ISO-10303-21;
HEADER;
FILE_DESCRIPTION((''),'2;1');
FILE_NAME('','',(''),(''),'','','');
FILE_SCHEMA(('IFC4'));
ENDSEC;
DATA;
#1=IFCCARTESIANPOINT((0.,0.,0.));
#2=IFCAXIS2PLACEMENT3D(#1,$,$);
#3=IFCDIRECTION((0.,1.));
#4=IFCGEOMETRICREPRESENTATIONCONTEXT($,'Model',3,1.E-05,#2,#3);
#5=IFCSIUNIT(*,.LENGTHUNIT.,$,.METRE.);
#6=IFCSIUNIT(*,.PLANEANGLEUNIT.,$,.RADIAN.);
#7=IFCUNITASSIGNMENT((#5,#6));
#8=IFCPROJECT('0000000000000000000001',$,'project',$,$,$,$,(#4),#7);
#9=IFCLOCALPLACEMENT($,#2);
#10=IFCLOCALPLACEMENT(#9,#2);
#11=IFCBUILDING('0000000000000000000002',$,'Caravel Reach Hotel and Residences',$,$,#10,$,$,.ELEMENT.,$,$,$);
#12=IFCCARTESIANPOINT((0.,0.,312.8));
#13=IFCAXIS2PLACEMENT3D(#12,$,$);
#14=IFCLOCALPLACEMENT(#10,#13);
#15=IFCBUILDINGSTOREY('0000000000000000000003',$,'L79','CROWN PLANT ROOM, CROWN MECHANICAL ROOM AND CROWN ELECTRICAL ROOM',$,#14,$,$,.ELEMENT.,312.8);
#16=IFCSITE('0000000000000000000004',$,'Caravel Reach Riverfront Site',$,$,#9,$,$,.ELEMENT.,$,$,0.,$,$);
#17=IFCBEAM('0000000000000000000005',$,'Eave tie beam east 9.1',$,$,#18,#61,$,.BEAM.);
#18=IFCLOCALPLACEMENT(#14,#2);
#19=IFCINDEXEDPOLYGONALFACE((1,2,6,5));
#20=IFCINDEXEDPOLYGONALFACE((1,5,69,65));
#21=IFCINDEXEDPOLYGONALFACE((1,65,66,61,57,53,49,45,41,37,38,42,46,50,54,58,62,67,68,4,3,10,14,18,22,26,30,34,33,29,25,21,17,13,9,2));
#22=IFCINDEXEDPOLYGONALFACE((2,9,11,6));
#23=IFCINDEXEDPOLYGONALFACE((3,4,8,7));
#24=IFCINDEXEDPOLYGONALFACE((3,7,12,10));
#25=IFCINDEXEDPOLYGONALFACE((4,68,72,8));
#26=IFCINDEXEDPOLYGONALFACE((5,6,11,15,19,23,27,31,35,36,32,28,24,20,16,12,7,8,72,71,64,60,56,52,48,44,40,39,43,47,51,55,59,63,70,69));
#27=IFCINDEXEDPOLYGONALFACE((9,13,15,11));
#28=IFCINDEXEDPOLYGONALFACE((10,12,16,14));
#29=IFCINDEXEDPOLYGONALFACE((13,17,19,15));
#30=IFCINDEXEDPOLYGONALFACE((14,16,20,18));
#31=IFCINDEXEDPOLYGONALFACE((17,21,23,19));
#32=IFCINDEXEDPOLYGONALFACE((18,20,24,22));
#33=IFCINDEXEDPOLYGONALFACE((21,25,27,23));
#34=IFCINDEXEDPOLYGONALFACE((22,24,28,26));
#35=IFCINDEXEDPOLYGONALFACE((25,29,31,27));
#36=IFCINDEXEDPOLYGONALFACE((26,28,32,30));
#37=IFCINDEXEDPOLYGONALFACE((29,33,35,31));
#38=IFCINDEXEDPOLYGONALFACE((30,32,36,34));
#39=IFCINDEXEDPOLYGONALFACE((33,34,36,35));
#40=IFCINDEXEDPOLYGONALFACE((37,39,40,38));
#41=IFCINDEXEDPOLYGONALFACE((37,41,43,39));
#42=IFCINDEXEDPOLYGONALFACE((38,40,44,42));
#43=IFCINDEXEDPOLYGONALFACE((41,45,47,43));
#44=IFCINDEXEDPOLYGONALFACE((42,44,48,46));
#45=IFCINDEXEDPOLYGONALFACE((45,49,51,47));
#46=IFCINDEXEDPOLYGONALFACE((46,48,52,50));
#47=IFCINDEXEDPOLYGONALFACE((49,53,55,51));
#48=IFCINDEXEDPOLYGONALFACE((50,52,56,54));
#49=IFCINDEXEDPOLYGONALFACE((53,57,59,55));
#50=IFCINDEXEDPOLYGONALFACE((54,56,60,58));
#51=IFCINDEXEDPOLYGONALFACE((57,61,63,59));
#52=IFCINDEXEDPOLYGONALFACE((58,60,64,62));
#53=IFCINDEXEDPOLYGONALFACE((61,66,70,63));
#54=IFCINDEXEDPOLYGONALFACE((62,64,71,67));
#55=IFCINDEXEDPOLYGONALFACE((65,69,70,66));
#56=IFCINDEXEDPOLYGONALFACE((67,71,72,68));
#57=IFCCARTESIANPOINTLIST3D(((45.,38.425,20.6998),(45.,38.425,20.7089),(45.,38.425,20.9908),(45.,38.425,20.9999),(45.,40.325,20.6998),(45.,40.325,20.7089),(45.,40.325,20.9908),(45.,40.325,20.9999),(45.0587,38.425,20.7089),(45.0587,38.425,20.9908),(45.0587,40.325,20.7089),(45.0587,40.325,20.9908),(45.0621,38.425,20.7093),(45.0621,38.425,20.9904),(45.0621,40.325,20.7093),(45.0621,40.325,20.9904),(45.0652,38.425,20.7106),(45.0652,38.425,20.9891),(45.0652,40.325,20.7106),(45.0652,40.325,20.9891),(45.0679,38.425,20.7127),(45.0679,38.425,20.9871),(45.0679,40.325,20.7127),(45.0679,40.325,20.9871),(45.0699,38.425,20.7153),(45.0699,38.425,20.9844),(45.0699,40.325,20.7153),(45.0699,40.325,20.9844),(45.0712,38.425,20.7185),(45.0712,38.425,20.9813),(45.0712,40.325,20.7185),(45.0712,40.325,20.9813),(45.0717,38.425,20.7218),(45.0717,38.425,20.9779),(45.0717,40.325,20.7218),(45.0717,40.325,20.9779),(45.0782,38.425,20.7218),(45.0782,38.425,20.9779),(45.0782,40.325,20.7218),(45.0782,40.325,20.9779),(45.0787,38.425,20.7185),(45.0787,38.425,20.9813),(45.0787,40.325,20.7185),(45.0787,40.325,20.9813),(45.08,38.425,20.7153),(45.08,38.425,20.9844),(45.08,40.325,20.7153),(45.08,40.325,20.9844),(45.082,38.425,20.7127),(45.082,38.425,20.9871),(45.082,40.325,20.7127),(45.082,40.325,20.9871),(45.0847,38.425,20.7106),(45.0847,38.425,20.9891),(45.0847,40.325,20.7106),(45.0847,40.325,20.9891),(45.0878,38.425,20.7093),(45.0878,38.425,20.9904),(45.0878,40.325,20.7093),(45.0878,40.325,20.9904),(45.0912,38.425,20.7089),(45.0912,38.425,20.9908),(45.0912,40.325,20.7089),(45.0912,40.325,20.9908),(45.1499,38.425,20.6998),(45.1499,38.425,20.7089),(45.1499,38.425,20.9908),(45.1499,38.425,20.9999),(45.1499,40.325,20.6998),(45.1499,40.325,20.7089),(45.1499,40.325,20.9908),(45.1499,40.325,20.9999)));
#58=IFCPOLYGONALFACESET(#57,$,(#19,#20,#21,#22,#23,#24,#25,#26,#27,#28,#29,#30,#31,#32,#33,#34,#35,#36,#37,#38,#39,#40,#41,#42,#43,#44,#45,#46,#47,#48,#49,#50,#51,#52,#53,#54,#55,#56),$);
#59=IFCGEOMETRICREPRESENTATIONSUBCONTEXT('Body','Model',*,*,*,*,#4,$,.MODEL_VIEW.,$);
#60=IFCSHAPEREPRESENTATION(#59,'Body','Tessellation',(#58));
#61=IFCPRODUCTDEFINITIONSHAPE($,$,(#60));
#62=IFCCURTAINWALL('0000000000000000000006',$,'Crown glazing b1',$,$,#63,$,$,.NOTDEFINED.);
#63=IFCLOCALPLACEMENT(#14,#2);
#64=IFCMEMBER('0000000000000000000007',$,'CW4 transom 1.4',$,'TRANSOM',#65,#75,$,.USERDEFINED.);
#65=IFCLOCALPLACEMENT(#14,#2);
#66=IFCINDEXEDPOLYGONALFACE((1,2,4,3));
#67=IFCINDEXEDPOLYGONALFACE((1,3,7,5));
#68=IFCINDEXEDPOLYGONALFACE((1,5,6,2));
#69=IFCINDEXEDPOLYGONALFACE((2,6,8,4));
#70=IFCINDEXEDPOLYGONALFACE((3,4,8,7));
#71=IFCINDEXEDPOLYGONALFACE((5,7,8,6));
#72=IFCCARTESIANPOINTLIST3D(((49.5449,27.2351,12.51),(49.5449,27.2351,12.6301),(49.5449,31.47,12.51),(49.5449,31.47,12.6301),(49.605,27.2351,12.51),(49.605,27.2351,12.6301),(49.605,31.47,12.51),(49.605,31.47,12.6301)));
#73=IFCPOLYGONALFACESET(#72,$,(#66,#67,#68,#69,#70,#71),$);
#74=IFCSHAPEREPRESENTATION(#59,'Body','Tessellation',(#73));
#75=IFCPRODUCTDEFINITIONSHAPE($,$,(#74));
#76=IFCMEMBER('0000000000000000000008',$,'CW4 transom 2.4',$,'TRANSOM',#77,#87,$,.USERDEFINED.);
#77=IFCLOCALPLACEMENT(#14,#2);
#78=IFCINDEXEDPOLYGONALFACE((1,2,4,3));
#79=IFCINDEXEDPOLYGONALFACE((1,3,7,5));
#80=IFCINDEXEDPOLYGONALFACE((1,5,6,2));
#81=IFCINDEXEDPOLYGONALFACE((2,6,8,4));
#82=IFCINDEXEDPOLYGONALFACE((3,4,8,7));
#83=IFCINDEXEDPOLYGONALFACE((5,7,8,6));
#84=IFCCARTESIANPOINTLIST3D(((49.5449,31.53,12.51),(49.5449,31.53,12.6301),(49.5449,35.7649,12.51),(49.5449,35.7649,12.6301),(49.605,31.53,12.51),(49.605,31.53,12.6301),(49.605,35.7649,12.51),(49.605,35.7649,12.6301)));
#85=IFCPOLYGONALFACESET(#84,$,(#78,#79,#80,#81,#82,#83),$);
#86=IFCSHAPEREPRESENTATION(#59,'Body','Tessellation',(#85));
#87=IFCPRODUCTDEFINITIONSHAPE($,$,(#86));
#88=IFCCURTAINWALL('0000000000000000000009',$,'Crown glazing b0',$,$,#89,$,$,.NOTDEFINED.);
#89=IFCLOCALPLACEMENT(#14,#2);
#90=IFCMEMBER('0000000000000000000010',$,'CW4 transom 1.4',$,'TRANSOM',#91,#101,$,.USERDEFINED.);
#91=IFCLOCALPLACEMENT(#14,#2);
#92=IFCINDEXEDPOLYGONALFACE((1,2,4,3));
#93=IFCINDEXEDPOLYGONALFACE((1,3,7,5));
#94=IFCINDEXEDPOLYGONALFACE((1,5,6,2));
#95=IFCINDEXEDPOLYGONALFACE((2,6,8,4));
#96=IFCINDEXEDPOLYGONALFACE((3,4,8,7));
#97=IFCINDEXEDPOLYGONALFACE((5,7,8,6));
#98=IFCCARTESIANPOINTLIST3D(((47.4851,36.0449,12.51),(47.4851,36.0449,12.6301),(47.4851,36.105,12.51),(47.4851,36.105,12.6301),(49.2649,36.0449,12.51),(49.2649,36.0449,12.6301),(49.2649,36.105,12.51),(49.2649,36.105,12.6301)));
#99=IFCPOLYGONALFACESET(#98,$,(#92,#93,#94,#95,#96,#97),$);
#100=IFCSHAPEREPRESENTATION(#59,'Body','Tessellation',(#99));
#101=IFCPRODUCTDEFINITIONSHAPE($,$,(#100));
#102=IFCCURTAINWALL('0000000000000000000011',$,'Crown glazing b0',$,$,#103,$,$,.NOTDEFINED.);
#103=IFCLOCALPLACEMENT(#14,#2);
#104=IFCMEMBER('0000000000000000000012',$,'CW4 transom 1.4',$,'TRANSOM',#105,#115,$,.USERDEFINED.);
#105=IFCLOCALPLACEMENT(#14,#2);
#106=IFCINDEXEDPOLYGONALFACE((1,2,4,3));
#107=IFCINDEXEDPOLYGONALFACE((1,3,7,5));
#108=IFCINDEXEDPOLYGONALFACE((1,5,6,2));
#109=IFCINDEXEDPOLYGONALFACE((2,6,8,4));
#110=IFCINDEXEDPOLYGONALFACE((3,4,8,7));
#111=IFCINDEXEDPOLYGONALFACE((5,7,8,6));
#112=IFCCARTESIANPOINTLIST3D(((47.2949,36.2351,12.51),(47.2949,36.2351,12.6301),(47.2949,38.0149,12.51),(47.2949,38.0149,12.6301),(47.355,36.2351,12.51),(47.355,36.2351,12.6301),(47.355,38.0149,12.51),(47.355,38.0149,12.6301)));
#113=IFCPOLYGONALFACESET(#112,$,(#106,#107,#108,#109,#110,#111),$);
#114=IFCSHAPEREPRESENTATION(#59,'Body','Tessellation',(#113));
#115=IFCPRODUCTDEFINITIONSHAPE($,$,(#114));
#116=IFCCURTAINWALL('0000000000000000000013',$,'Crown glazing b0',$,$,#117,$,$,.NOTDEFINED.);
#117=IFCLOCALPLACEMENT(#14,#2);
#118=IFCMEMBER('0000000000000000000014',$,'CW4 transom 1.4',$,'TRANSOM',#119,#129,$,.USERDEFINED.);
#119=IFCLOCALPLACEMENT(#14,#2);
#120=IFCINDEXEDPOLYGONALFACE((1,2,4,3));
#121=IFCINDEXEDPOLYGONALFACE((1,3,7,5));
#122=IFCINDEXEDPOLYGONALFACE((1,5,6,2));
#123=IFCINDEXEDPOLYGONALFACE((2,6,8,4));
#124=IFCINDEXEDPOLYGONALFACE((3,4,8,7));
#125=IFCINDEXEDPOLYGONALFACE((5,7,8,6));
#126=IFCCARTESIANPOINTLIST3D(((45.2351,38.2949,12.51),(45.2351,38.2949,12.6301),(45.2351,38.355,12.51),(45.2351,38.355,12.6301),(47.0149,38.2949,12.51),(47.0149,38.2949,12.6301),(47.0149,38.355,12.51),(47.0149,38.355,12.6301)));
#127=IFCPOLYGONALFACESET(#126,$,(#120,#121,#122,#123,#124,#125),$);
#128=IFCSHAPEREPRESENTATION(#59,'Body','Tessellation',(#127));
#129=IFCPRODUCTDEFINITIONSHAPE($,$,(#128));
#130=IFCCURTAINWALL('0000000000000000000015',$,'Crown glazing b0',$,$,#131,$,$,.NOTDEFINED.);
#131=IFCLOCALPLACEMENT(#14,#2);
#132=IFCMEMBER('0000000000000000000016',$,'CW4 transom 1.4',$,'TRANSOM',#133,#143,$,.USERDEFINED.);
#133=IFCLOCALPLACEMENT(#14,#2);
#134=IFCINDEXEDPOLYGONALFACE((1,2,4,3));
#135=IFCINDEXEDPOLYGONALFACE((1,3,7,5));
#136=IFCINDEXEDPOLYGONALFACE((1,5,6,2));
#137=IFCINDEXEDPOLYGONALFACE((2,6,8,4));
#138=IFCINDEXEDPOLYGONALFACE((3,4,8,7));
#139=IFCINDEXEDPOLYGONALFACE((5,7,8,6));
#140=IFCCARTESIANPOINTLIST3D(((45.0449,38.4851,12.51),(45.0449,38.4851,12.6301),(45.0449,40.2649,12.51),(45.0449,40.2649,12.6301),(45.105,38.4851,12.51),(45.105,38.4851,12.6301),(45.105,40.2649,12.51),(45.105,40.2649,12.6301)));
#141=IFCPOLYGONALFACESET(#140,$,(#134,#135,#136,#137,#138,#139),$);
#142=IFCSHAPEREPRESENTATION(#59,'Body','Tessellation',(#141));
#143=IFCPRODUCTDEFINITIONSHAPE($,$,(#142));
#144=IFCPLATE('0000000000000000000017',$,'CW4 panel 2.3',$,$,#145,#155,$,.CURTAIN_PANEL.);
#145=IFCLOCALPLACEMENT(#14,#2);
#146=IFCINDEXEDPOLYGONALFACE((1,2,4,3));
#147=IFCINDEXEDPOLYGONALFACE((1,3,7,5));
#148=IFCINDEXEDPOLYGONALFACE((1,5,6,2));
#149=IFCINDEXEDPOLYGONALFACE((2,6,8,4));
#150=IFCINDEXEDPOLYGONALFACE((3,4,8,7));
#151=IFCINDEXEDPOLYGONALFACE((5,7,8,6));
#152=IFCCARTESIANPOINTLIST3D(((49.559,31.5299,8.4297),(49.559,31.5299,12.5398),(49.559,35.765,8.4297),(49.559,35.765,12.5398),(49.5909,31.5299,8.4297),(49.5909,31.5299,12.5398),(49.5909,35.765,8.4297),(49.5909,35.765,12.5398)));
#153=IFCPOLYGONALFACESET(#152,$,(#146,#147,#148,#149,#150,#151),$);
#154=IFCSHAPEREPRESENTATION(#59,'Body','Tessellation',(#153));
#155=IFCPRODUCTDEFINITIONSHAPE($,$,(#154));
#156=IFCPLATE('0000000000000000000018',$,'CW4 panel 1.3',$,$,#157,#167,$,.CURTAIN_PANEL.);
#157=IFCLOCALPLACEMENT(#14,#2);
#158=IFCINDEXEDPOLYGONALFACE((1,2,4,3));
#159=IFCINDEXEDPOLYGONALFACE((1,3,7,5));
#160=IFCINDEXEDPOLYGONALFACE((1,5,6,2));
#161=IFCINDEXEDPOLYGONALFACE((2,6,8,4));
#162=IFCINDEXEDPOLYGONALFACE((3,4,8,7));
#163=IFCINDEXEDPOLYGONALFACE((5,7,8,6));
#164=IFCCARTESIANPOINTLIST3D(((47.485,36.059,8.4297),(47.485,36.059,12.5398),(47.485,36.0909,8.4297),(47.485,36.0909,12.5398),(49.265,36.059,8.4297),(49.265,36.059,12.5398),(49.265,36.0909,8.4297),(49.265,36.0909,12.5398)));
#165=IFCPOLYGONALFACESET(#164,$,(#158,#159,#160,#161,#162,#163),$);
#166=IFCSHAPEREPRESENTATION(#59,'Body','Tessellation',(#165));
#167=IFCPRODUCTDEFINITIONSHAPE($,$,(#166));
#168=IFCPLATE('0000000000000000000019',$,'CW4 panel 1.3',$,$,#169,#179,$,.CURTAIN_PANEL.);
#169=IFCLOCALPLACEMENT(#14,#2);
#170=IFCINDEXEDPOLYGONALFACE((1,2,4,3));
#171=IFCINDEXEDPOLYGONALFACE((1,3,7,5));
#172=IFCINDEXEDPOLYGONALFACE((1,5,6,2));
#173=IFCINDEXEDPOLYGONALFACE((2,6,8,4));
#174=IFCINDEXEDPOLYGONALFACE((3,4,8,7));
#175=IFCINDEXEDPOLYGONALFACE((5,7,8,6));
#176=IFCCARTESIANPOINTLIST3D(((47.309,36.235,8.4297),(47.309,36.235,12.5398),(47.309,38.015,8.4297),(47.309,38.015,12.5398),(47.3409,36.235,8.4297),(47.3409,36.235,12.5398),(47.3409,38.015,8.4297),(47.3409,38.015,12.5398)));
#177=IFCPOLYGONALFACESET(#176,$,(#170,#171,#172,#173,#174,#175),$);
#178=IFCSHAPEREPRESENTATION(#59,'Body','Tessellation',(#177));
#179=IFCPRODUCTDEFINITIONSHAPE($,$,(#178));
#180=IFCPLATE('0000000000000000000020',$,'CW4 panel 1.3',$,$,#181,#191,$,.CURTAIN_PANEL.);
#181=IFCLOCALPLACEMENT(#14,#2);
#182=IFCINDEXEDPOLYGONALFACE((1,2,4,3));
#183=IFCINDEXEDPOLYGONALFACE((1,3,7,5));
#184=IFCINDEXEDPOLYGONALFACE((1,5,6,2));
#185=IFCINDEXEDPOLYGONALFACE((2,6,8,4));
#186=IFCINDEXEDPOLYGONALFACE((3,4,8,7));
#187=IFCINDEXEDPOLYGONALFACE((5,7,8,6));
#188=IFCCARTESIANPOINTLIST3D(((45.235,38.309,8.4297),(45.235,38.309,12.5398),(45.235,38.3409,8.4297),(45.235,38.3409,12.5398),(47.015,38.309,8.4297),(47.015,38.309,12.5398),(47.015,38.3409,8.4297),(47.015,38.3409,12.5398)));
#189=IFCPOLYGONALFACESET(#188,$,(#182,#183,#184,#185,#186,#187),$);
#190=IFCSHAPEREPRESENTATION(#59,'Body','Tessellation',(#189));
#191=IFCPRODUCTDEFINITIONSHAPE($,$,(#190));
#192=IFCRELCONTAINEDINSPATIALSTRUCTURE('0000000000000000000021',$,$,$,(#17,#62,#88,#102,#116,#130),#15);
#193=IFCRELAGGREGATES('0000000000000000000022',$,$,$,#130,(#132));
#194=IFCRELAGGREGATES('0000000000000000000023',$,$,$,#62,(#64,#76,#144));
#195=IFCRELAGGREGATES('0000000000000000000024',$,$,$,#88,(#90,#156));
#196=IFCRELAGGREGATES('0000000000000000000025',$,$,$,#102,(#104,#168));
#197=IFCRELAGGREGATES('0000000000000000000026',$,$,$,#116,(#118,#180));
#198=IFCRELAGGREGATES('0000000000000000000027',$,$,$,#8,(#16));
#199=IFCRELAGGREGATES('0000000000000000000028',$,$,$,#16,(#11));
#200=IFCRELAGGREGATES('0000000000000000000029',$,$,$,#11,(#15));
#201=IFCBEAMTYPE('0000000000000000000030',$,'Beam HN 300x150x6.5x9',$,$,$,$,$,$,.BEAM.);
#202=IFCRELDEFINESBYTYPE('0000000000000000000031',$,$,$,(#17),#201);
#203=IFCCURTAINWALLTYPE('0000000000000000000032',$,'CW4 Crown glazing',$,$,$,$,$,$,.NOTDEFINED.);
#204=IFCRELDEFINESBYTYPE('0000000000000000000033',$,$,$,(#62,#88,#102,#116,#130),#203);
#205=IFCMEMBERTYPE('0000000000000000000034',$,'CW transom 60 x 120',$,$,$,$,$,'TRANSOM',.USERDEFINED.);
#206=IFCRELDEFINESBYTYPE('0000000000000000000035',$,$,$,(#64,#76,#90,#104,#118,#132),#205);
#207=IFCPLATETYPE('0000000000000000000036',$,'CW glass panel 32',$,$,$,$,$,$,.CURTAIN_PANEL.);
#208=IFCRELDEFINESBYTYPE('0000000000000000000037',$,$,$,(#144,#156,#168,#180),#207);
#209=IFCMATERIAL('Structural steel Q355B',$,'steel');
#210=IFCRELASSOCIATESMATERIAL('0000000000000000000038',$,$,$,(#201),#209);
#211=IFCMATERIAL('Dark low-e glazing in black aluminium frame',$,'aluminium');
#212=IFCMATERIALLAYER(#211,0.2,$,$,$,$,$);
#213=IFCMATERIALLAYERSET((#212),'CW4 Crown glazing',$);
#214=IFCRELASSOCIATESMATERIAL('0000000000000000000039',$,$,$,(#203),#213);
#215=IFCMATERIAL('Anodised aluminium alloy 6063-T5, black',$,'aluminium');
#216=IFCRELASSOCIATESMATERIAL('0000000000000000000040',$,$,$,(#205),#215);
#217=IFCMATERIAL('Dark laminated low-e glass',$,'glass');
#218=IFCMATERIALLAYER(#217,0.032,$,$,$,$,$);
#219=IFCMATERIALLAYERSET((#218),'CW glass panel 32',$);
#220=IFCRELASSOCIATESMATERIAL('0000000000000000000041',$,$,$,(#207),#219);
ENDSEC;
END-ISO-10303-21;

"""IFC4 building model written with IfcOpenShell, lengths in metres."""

from ifc_helpers import new_model, si_unit, direction, frame, origin, origin_2d, place, context, subcontext, project, spatial, rectangle, i_section, extrude, material, layer, layer_set, material_profile, profile_set, type_object, element, aggregate, save


model = new_model("IFC4")

# Units and contexts
model_context = context("Model", 3, precision=1e-05, world=origin(), true_north=direction((0.0, 1.0)))
body_context = subcontext(model_context, "Body", "Model", "MODEL_VIEW")
ifc_project = project(units=[si_unit("LENGTHUNIT", "METRE"), si_unit("PLANEANGLEUNIT", "RADIAN")], contexts=[model_context])

# Site, building, storey
site_placement = place(None, origin())
site = spatial("IfcSite", under=ifc_project, at=site_placement, Name="Caravel Reach Riverfront Site", CompositionType="ELEMENT", RefElevation=0.0)
building_placement = place(site_placement, origin())
building = spatial("IfcBuilding", under=site, at=building_placement, Name="Caravel Reach Hotel and Residences", CompositionType="ELEMENT")
storey_placement = place(building_placement, frame((0.0, 0.0, 312.8)))
storey = spatial("IfcBuildingStorey", under=building, at=storey_placement, Name="L79", Description="CROWN PLANT ROOM, CROWN MECHANICAL ROOM AND CROWN ELECTRICAL ROOM", CompositionType="ELEMENT", Elevation=312.8)

# Beam
ifc_material_1 = material(Name="Structural steel Q355B", Category="steel")
ifc_material_profile_1 = material_profile(ifc_material_1, i_section(OverallWidth=0.1499, OverallDepth=0.3, WebThickness=0.0066, FlangeThickness=0.009, FilletRadius=0.0129, at=origin_2d()), Name="HN 300x150x6.5x9")
ifc_profile_set_1 = profile_set([ifc_material_profile_1], Name="Structural steel Q355B")
beam_type = type_object("IfcBeamType", Name="Beam HN 300x150x6.5x9", PredefinedType="BEAM", material=ifc_profile_set_1)
for number, where, z_axis, x_axis, name in (
    (1, (45.075, 38.425, 20.8499), (0.0, 1.0, 0.0), (-1.0, 0.0, 0.0), "Eave tie beam east 9.1"),
):
    element("IfcBeam", number, at=place(storey_placement, frame(where, z_axis=z_axis, x_axis=x_axis)), inside=storey, type_object=beam_type, Name=name, PredefinedType="BEAM", context=body_context, shape_type="SweptSolid", body=[
        extrude(i_section(OverallWidth=0.1499, OverallDepth=0.3, WebThickness=0.0066, FlangeThickness=0.009, FilletRadius=0.0129, at=origin_2d()), origin(), (0.0, 0.0, 1.0), 1.8999),
    ])

# Curtain wall, members
ifc_material_2 = material(Name="Dark low-e glazing in black aluminium frame", Category="aluminium")
ifc_layer_1 = layer(ifc_material_2, 0.2)
ifc_layer_set_1 = layer_set([ifc_layer_1], Name="CW4 Crown glazing")
curtain_wall_type = type_object("IfcCurtainWallType", Name="CW4 Crown glazing", PredefinedType="NOTDEFINED", material=ifc_layer_set_1)
curtain_wall_1_placement = place(storey_placement, origin())
curtain_wall_1 = element("IfcCurtainWall", 2, at=curtain_wall_1_placement, inside=storey, type_object=curtain_wall_type, Name="Crown glazing b1", PredefinedType="NOTDEFINED")
ifc_material_3 = material(Name="Anodised aluminium alloy 6063-T5, black", Category="aluminium")
ifc_material_profile_2 = material_profile(ifc_material_3, rectangle(XDim=0.0601, YDim=0.1201, at=origin_2d()), Name="CW transom 60 x 120")
ifc_profile_set_2 = profile_set([ifc_material_profile_2], Name="Anodised aluminium alloy 6063-T5, black")
member_type = type_object("IfcMemberType", Name="CW transom 60 x 120", ElementType="TRANSOM", PredefinedType="USERDEFINED", material=ifc_profile_set_2)
member_1_placement = place(storey_placement, frame((49.575, 27.2351, 12.5701), z_axis=(0.0, 1.0, 0.0), x_axis=(-1.0, 0.0, 0.0)))
member_1 = element("IfcMember", 3, at=member_1_placement, type_object=member_type, Name="CW4 transom 1.4", ObjectType="TRANSOM", PredefinedType="USERDEFINED", context=body_context, shape_type="SweptSolid", body=[
    extrude(rectangle(XDim=0.0601, YDim=0.1201, at=origin_2d()), origin(), (0.0, 0.0, 1.0), 4.2349),
])
member_2_placement = place(storey_placement, frame((49.575, 31.53, 12.5701), z_axis=(0.0, 1.0, 0.0), x_axis=(-1.0, 0.0, 0.0)))
member_2 = element("IfcMember", 4, at=member_2_placement, type_object=member_type, Name="CW4 transom 2.4", ObjectType="TRANSOM", PredefinedType="USERDEFINED", context=body_context, shape_type="SweptSolid", body=[
    extrude(rectangle(XDim=0.0601, YDim=0.1201, at=origin_2d()), origin(), (0.0, 0.0, 1.0), 4.2349),
])

# Curtain walls, members
curtain_wall_2_placement = place(storey_placement, origin())
curtain_wall_2 = element("IfcCurtainWall", 5, at=curtain_wall_2_placement, inside=storey, type_object=curtain_wall_type, Name="Crown glazing b0", PredefinedType="NOTDEFINED")
member_3_placement = place(storey_placement, frame((49.2649, 36.075, 12.5701), z_axis=(-1.0, 0.0, 0.0), x_axis=(0.0, -1.0, 0.0)))
member_3 = element("IfcMember", 6, at=member_3_placement, type_object=member_type, Name="CW4 transom 1.4", ObjectType="TRANSOM", PredefinedType="USERDEFINED", context=body_context, shape_type="SweptSolid", body=[
    extrude(rectangle(XDim=0.0601, YDim=0.1201, at=origin_2d()), origin(), (0.0, 0.0, 1.0), 1.7798),
])
curtain_wall_3_placement = place(storey_placement, origin())
curtain_wall_3 = element("IfcCurtainWall", 7, at=curtain_wall_3_placement, inside=storey, type_object=curtain_wall_type, Name="Crown glazing b0", PredefinedType="NOTDEFINED")
member_4_placement = place(storey_placement, frame((47.325, 36.2351, 12.5701), z_axis=(0.0, 1.0, 0.0), x_axis=(-1.0, 0.0, 0.0)))
member_4 = element("IfcMember", 8, at=member_4_placement, type_object=member_type, Name="CW4 transom 1.4", ObjectType="TRANSOM", PredefinedType="USERDEFINED", context=body_context, shape_type="SweptSolid", body=[
    extrude(rectangle(XDim=0.0601, YDim=0.1201, at=origin_2d()), origin(), (0.0, 0.0, 1.0), 1.7798),
])
curtain_wall_4_placement = place(storey_placement, origin())
curtain_wall_4 = element("IfcCurtainWall", 9, at=curtain_wall_4_placement, inside=storey, type_object=curtain_wall_type, Name="Crown glazing b0", PredefinedType="NOTDEFINED")
member_5_placement = place(storey_placement, frame((47.0149, 38.325, 12.5701), z_axis=(-1.0, 0.0, 0.0), x_axis=(0.0, -1.0, 0.0)))
member_5 = element("IfcMember", 10, at=member_5_placement, type_object=member_type, Name="CW4 transom 1.4", ObjectType="TRANSOM", PredefinedType="USERDEFINED", context=body_context, shape_type="SweptSolid", body=[
    extrude(rectangle(XDim=0.0601, YDim=0.1201, at=origin_2d()), origin(), (0.0, 0.0, 1.0), 1.7798),
])
curtain_wall_5_placement = place(storey_placement, origin())
curtain_wall_5 = element("IfcCurtainWall", 11, at=curtain_wall_5_placement, inside=storey, type_object=curtain_wall_type, Name="Crown glazing b0", PredefinedType="NOTDEFINED")
member_6_placement = place(storey_placement, frame((45.075, 38.4851, 12.5701), z_axis=(0.0, 1.0, 0.0), x_axis=(-1.0, 0.0, 0.0)))
member_6 = element("IfcMember", 12, at=member_6_placement, type_object=member_type, Name="CW4 transom 1.4", ObjectType="TRANSOM", PredefinedType="USERDEFINED", context=body_context, shape_type="SweptSolid", body=[
    extrude(rectangle(XDim=0.0601, YDim=0.1201, at=origin_2d()), origin(), (0.0, 0.0, 1.0), 1.7798),
])
aggregate(curtain_wall_5, [member_6])

# Plates
ifc_material_4 = material(Name="Dark laminated low-e glass", Category="glass")
ifc_layer_2 = layer(ifc_material_4, 0.032)
ifc_layer_set_2 = layer_set([ifc_layer_2], Name="CW glass panel 32")
plate_type = type_object("IfcPlateType", Name="CW glass panel 32", PredefinedType="CURTAIN_PANEL", material=ifc_layer_set_2)
plate_1_placement = place(storey_placement, frame((49.575, 33.6475, 8.4297), z_axis=(0.0, 0.0, 1.0), x_axis=(0.0, 1.0, 0.0)))
plate_1 = element("IfcPlate", 13, at=plate_1_placement, type_object=plate_type, Name="CW4 panel 2.3", PredefinedType="CURTAIN_PANEL", context=body_context, shape_type="SweptSolid", body=[
    extrude(rectangle(XDim=4.2351, YDim=0.032, at=origin_2d()), origin(), (0.0, 0.0, 1.0), 4.1101),
])
aggregate(curtain_wall_1, [member_1, member_2, plate_1])
plate_2_placement = place(storey_placement, frame((48.375, 36.075, 8.4297), z_axis=(0.0, 0.0, 1.0), x_axis=(-1.0, 0.0, 0.0)))
plate_2 = element("IfcPlate", 14, at=plate_2_placement, type_object=plate_type, Name="CW4 panel 1.3", PredefinedType="CURTAIN_PANEL", context=body_context, shape_type="SweptSolid", body=[
    extrude(rectangle(XDim=1.78, YDim=0.032, at=origin_2d()), origin(), (0.0, 0.0, 1.0), 4.1101),
])
aggregate(curtain_wall_2, [member_3, plate_2])
plate_3_placement = place(storey_placement, frame((47.325, 37.125, 8.4297), z_axis=(0.0, 0.0, 1.0), x_axis=(0.0, 1.0, 0.0)))
plate_3 = element("IfcPlate", 15, at=plate_3_placement, type_object=plate_type, Name="CW4 panel 1.3", PredefinedType="CURTAIN_PANEL", context=body_context, shape_type="SweptSolid", body=[
    extrude(rectangle(XDim=1.78, YDim=0.032, at=origin_2d()), origin(), (0.0, 0.0, 1.0), 4.1101),
])
aggregate(curtain_wall_3, [member_4, plate_3])
plate_4_placement = place(storey_placement, frame((46.125, 38.325, 8.4297), z_axis=(0.0, 0.0, 1.0), x_axis=(-1.0, 0.0, 0.0)))
plate_4 = element("IfcPlate", 16, at=plate_4_placement, type_object=plate_type, Name="CW4 panel 1.3", PredefinedType="CURTAIN_PANEL", context=body_context, shape_type="SweptSolid", body=[
    extrude(rectangle(XDim=1.78, YDim=0.032, at=origin_2d()), origin(), (0.0, 0.0, 1.0), 4.1101),
])
aggregate(curtain_wall_4, [member_5, plate_4])

save(model, "model.ifc")
